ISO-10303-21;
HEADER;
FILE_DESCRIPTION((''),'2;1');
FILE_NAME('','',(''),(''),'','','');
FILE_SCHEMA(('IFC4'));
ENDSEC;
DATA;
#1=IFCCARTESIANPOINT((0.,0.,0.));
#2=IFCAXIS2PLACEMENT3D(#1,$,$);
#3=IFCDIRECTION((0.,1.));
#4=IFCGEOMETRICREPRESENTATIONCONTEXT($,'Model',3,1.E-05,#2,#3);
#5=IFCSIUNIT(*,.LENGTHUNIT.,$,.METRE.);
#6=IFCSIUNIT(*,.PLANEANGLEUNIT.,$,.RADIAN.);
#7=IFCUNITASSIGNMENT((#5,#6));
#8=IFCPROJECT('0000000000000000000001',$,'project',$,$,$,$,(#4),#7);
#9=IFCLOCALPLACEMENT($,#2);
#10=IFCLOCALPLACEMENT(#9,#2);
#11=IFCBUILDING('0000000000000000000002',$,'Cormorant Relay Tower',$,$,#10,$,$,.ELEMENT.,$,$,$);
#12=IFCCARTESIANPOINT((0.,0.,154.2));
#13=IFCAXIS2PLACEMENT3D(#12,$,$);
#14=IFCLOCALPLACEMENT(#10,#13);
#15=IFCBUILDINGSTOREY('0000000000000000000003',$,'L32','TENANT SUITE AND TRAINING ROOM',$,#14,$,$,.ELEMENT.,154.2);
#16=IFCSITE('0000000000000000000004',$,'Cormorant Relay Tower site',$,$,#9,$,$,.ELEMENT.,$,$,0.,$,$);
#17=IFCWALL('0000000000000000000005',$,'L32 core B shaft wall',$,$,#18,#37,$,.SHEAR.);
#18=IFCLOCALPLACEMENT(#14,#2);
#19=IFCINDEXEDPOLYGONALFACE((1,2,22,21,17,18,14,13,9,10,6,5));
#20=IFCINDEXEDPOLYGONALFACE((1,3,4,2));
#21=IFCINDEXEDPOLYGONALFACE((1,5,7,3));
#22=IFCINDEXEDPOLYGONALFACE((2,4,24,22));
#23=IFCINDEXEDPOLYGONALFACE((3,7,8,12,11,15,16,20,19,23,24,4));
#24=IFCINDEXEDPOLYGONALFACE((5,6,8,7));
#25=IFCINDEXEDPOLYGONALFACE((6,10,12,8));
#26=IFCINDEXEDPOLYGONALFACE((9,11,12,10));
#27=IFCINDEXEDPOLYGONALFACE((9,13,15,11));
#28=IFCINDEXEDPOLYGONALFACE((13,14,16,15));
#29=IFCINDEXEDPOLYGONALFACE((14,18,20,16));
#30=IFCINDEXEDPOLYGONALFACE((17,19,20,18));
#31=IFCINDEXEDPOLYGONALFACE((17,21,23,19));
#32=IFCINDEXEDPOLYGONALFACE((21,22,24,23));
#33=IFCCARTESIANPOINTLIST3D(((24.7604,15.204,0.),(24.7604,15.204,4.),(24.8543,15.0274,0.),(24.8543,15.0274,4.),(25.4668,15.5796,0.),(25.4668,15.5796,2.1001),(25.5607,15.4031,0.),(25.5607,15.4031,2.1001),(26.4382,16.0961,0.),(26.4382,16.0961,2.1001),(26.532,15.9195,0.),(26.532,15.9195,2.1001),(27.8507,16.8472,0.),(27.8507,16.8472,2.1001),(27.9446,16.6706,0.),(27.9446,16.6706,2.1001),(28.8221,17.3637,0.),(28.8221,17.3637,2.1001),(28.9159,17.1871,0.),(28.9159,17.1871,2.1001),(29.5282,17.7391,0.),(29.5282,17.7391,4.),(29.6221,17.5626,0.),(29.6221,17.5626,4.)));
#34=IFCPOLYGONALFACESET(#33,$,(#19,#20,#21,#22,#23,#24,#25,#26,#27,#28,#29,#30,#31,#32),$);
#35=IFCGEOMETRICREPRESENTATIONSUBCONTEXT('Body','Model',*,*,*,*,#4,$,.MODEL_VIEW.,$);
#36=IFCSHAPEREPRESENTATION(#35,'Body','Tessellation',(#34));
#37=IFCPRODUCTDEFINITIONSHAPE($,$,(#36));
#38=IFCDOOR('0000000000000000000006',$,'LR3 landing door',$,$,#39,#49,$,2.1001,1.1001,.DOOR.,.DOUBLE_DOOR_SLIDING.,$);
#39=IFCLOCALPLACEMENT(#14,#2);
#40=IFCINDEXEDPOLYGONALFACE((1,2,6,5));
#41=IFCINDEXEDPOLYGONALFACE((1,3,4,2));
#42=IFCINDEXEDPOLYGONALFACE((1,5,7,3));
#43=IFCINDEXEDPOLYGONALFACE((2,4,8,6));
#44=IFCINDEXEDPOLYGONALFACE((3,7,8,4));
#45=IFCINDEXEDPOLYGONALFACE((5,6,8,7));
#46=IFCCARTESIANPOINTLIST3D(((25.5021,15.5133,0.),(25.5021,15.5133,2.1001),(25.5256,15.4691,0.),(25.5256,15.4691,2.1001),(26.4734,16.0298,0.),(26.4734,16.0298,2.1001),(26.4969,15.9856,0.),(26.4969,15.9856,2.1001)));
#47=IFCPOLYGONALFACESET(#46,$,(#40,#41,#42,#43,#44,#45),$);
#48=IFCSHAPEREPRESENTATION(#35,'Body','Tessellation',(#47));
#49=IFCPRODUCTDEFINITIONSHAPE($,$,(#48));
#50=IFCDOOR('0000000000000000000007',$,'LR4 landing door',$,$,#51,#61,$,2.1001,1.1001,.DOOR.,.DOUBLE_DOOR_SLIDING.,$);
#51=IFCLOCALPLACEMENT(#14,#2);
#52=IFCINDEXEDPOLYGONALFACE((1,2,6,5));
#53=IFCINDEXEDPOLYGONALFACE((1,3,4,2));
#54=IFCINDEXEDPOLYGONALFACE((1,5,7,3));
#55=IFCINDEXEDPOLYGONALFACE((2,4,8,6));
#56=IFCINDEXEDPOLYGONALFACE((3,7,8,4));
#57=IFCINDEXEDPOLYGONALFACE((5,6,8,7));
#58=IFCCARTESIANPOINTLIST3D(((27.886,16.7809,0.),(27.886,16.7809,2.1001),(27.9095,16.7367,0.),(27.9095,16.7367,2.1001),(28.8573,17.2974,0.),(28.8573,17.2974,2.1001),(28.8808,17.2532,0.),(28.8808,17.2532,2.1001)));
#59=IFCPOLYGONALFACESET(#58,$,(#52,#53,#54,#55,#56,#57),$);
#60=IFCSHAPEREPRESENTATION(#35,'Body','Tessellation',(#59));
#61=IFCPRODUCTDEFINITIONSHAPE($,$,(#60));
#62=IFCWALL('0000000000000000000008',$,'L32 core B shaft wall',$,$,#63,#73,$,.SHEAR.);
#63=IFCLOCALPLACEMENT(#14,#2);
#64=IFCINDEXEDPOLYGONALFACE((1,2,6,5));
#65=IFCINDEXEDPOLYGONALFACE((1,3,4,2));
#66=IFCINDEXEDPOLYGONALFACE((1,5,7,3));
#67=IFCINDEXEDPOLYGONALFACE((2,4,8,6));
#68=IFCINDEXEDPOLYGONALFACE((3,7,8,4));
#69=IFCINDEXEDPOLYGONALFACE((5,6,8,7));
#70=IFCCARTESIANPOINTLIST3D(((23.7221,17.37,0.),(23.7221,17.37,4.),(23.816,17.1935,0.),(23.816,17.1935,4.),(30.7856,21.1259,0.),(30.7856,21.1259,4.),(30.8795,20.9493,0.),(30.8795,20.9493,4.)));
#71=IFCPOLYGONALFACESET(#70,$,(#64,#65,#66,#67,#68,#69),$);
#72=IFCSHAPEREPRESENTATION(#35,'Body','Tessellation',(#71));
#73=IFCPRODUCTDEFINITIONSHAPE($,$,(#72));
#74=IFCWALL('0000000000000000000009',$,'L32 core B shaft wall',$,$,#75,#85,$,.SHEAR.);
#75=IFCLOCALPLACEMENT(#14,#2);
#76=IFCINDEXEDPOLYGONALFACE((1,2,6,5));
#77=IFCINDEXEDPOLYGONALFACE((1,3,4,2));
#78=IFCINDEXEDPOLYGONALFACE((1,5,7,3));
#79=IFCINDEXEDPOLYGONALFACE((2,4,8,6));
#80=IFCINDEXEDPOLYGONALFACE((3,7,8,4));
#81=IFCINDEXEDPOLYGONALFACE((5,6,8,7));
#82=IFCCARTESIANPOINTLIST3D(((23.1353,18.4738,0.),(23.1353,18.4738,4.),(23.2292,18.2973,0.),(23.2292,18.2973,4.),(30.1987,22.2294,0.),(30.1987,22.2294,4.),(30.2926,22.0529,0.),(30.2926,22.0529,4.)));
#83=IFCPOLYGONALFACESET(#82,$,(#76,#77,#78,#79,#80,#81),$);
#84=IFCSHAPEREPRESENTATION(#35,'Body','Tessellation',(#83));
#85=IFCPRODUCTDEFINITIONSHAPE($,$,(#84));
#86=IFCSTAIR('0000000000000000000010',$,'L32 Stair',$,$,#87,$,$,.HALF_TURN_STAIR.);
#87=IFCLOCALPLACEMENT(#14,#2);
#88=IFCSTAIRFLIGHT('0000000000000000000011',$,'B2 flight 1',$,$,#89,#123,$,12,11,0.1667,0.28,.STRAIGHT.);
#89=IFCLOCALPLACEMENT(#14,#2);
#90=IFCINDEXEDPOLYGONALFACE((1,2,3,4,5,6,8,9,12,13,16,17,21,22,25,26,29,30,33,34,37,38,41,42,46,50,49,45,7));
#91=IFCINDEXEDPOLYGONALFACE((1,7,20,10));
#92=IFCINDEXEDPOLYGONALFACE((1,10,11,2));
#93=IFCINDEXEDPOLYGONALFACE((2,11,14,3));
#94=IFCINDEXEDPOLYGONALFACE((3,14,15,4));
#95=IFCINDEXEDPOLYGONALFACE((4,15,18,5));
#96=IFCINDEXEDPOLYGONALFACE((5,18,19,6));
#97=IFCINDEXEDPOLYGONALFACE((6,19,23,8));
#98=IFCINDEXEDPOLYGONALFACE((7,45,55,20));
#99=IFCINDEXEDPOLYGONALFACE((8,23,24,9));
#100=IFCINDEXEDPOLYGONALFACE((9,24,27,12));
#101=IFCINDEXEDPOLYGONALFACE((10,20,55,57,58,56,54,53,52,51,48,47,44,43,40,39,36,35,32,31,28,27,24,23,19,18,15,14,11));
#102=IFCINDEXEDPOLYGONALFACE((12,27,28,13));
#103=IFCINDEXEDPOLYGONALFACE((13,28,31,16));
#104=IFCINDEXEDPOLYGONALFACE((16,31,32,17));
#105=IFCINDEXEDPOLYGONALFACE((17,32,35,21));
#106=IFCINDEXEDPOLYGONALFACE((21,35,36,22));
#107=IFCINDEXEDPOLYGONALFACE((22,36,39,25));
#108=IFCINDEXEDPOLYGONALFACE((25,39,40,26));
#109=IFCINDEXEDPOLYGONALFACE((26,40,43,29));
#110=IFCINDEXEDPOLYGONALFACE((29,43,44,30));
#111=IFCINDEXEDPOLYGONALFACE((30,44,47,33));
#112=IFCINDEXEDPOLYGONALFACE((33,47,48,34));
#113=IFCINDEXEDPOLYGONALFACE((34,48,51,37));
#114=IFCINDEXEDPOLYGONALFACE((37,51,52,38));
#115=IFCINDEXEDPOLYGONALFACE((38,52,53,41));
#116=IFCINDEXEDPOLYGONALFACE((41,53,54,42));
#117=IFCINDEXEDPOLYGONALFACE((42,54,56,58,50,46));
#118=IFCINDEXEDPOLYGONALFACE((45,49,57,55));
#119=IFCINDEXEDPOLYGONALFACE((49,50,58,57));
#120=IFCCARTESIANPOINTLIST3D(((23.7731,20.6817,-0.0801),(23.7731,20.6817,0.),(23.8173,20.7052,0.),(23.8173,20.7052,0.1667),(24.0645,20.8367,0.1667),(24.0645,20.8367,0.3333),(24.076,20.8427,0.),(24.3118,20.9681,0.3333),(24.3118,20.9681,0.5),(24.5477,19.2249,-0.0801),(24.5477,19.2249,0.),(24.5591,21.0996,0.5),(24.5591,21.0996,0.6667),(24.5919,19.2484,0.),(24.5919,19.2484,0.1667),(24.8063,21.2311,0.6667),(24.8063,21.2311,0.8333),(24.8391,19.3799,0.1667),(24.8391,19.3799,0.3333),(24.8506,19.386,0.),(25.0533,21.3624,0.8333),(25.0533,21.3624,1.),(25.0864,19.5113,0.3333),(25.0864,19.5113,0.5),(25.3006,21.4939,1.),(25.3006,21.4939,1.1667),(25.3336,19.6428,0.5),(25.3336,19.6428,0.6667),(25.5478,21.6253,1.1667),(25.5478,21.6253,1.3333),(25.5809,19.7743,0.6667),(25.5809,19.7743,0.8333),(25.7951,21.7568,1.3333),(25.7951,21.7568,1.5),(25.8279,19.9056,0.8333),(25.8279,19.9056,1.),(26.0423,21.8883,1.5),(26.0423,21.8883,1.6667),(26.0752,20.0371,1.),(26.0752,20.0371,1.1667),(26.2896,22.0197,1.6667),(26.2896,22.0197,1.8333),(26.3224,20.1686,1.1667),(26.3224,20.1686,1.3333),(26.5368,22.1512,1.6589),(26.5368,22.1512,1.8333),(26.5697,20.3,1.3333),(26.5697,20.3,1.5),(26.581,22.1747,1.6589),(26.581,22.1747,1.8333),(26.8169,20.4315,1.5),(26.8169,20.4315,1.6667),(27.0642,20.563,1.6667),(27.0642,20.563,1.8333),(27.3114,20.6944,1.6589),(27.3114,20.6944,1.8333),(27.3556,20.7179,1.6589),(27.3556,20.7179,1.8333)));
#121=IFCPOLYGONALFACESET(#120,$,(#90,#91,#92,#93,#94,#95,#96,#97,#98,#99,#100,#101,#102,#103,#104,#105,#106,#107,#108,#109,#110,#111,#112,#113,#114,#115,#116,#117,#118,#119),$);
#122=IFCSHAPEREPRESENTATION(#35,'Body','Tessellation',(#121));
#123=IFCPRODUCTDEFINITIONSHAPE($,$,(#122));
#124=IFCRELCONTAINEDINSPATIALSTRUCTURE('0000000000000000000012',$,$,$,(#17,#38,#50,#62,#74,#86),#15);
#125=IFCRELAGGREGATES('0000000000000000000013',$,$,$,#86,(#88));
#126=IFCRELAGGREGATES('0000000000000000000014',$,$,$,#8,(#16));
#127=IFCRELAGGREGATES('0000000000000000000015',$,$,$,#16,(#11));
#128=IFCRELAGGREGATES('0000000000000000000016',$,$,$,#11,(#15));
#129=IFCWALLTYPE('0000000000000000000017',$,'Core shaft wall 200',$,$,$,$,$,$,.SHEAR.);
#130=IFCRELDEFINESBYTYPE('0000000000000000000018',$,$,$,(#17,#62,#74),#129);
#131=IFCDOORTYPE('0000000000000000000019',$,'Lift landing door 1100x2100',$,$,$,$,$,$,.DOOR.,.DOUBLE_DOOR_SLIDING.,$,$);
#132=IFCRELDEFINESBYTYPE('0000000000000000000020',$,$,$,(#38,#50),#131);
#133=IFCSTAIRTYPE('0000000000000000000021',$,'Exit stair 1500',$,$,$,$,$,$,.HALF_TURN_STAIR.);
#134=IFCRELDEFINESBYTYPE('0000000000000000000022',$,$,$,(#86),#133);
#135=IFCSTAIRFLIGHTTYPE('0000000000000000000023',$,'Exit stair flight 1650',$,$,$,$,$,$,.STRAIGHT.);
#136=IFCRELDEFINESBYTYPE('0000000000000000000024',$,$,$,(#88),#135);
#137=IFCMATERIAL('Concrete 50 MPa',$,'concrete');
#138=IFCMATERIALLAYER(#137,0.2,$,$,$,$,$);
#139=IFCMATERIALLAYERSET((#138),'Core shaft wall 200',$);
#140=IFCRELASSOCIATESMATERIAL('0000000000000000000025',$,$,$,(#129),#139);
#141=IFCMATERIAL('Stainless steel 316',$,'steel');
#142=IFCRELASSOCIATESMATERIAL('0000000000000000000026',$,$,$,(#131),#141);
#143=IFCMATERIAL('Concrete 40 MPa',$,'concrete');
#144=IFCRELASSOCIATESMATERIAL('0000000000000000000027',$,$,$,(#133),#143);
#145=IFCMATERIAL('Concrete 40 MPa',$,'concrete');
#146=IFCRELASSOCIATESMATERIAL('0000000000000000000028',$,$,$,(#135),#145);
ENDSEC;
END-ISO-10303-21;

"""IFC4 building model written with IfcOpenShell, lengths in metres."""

from ifc_helpers import new_model, si_unit, direction, frame, frame_2d, origin, place, context, subcontext, project, spatial, polyline, rectangle, outline, extrude, material, layer, layer_set, type_object, element, fill, aggregate, save


model = new_model("IFC4")

# Units and contexts
model_context = context("Model", 3, precision=1e-05, world=origin(), true_north=direction((0.0, 1.0)))
body_context = subcontext(model_context, "Body", "Model", "MODEL_VIEW")
ifc_project = project(units=[si_unit("LENGTHUNIT", "METRE"), si_unit("PLANEANGLEUNIT", "RADIAN")], contexts=[model_context])

# Site, building, storey
site_placement = place(None, origin())
site = spatial("IfcSite", under=ifc_project, at=site_placement, Name="Cormorant Relay Tower site", CompositionType="ELEMENT", RefElevation=0.0)
building_placement = place(site_placement, origin())
building = spatial("IfcBuilding", under=site, at=building_placement, Name="Cormorant Relay Tower", CompositionType="ELEMENT")
storey_placement = place(building_placement, frame((0.0, 0.0, 154.2)))
storey = spatial("IfcBuildingStorey", under=building, at=storey_placement, Name="L32", Description="TENANT SUITE AND TRAINING ROOM", CompositionType="ELEMENT", Elevation=154.2)

# Shared definitions
ifc_material_1 = material(Name="Concrete 50 MPa", Category="concrete")
ifc_layer_1 = layer(ifc_material_1, 0.2)
ifc_layer_set_1 = layer_set([ifc_layer_1], Name="Core shaft wall 200")
wall_type_1 = type_object("IfcWallType", Name="Core shaft wall 200", PredefinedType="SHEAR", material=ifc_layer_set_1)

# Wall, openings, doors
wall_1_placement = place(storey_placement, frame((24.8074, 15.1157, 0.0), z_axis=(0.0, 0.0, 1.0), x_axis=(0.882943, 0.46948, 0.0)))
wall_1 = element("IfcWall", 1, at=wall_1_placement, inside=storey, type_object=wall_type_1, Name="L32 core B shaft wall", PredefinedType="SHEAR", context=body_context, shape_type="SweptSolid", body=[
    extrude(rectangle(XDim=5.3999, YDim=0.2, at=frame_2d((2.7, 0.0))), origin(), (0.0, 0.0, 1.0), 4.0),
])
opening_1_placement = place(wall_1_placement, frame((0.8, 0.0, 0.0)))
opening_1 = element("IfcOpeningElement", 2, at=opening_1_placement, cuts=wall_1, PredefinedType="OPENING", context=body_context, shape_type="SweptSolid", body=[
    extrude(rectangle(XDim=1.1001, YDim=2.1001, at=frame_2d((0.55, 1.05))), frame((0.0, 0.1099, 0.0), z_axis=(0.0, -1.0, 0.0), x_axis=(1.0, 0.0, 0.0)), (0.0, 0.0, 1.0), 0.22),
])
opening_2_placement = place(wall_1_placement, frame((3.5, 0.0, 0.0)))
opening_2 = element("IfcOpeningElement", 3, at=opening_2_placement, cuts=wall_1, PredefinedType="OPENING", context=body_context, shape_type="SweptSolid", body=[
    extrude(rectangle(XDim=1.1001, YDim=2.1001, at=frame_2d((0.55, 1.05))), frame((0.0, 0.1099, 0.0), z_axis=(0.0, -1.0, 0.0), x_axis=(1.0, 0.0, 0.0)), (0.0, 0.0, 1.0), 0.22),
])
ifc_material_2 = material(Name="Stainless steel 316", Category="steel")
door_type_1 = type_object("IfcDoorType", Name="Lift landing door 1100x2100", OperationType="DOUBLE_DOOR_SLIDING", PredefinedType="DOOR", material=ifc_material_2)
door_1_placement = place(opening_1_placement, origin())
door_1 = element("IfcDoor", 4, at=door_1_placement, inside=storey, type_object=door_type_1, Name="LR3 landing door", OperationType="DOUBLE_DOOR_SLIDING", OverallHeight=2.1001, OverallWidth=1.1001, PredefinedType="DOOR", context=body_context, shape_type="SweptSolid", body=[
    extrude(rectangle(XDim=1.1001, YDim=2.1001, at=frame_2d((0.55, 1.05))), frame((0.0, 0.0249, 0.0), z_axis=(0.0, -1.0, 0.0), x_axis=(1.0, 0.0, 0.0)), (0.0, 0.0, 1.0), 0.05),
])
fill(opening_1, door_1)
door_2_placement = place(opening_2_placement, origin())
door_2 = element("IfcDoor", 5, at=door_2_placement, inside=storey, type_object=door_type_1, Name="LR4 landing door", OperationType="DOUBLE_DOOR_SLIDING", OverallHeight=2.1001, OverallWidth=1.1001, PredefinedType="DOOR", context=body_context, shape_type="SweptSolid", body=[
    extrude(rectangle(XDim=1.1001, YDim=2.1001, at=frame_2d((0.55, 1.05))), frame((0.0, 0.0249, 0.0), z_axis=(0.0, -1.0, 0.0), x_axis=(1.0, 0.0, 0.0)), (0.0, 0.0, 1.0), 0.05),
])
fill(opening_2, door_2)

# Walls
wall_2_placement = place(storey_placement, frame((23.769, 17.2817, 0.0), z_axis=(0.0, 0.0, 1.0), x_axis=(0.88294, 0.469485, 0.0)))
element("IfcWall", 6, at=wall_2_placement, inside=storey, type_object=wall_type_1, Name="L32 core B shaft wall", PredefinedType="SHEAR", context=body_context, shape_type="SweptSolid", body=[
    extrude(rectangle(XDim=8.0, YDim=0.2, at=frame_2d((4.0, 0.0))), origin(), (0.0, 0.0, 1.0), 4.0),
])
wall_3_placement = place(storey_placement, frame((23.1821, 18.3855, 0.0), z_axis=(0.0, 0.0, 1.0), x_axis=(0.882953, 0.469462, 0.0)))
element("IfcWall", 7, at=wall_3_placement, inside=storey, type_object=wall_type_1, Name="L32 core B shaft wall", PredefinedType="SHEAR", context=body_context, shape_type="SweptSolid", body=[
    extrude(rectangle(XDim=7.9998, YDim=0.2, at=frame_2d((4.0, 0.0))), origin(), (0.0, 0.0, 1.0), 4.0),
])

# Stair, stair flight
ifc_material_3 = material(Name="Concrete 40 MPa", Category="concrete")
stair_type = type_object("IfcStairType", Name="Exit stair 1500", PredefinedType="HALF_TURN_STAIR", material=ifc_material_3)
stair_placement = place(storey_placement, origin())
stair = element("IfcStair", 8, at=stair_placement, inside=storey, type_object=stair_type, Name="L32 Stair", PredefinedType="HALF_TURN_STAIR")
ifc_material_4 = material(Name="Concrete 40 MPa", Category="concrete")
stair_flight_type = type_object("IfcStairFlightType", Name="Exit stair flight 1650", PredefinedType="STRAIGHT", material=ifc_material_4)
stair_flight_placement = place(storey_placement, frame((24.2046, 19.9768, 0.0), z_axis=(0.0, 0.0, 1.0), x_axis=(0.882948, 0.469472, 0.0)))
stair_flight = element("IfcStairFlight", 9, at=stair_flight_placement, type_object=stair_flight_type, Name="B2 flight 1", NumberOfRisers=12, NumberOfTreads=11, PredefinedType="STRAIGHT", RiserHeight=0.1667, TreadLength=0.28, context=body_context, shape_type="SweptSolid", body=[
    extrude(outline(polyline([(-0.05, -0.0801), (-0.05, 0.0), (0.0, 0.0), (0.0, 0.1667), (0.28, 0.1667), (0.28, 0.3333), (0.5601, 0.3333), (0.5601, 0.5), (0.8401, 0.5), (0.8401, 0.6667), (1.1201, 0.6667), (1.1201, 0.8333), (1.3999, 0.8333), (1.3999, 1.0), (1.6799, 1.0), (1.6799, 1.1667), (1.96, 1.1667), (1.96, 1.3333), (2.24, 1.3333), (2.24, 1.5), (2.52, 1.5), (2.52, 1.6667), (2.8, 1.6667), (2.8, 1.8333), (3.0801, 1.8333), (3.1301, 1.8333), (3.1301, 1.6589), (3.0801, 1.6589), (0.293, 0.0), (-0.05, -0.0801)])), frame((0.0, 0.825, 0.0), z_axis=(0.0, -1.0, 0.0), x_axis=(1.0, 0.0, 0.0)), (0.0, 0.0, 1.0), 1.6499),
])
aggregate(stair, [stair_flight])

save(model, "model.ifc")
